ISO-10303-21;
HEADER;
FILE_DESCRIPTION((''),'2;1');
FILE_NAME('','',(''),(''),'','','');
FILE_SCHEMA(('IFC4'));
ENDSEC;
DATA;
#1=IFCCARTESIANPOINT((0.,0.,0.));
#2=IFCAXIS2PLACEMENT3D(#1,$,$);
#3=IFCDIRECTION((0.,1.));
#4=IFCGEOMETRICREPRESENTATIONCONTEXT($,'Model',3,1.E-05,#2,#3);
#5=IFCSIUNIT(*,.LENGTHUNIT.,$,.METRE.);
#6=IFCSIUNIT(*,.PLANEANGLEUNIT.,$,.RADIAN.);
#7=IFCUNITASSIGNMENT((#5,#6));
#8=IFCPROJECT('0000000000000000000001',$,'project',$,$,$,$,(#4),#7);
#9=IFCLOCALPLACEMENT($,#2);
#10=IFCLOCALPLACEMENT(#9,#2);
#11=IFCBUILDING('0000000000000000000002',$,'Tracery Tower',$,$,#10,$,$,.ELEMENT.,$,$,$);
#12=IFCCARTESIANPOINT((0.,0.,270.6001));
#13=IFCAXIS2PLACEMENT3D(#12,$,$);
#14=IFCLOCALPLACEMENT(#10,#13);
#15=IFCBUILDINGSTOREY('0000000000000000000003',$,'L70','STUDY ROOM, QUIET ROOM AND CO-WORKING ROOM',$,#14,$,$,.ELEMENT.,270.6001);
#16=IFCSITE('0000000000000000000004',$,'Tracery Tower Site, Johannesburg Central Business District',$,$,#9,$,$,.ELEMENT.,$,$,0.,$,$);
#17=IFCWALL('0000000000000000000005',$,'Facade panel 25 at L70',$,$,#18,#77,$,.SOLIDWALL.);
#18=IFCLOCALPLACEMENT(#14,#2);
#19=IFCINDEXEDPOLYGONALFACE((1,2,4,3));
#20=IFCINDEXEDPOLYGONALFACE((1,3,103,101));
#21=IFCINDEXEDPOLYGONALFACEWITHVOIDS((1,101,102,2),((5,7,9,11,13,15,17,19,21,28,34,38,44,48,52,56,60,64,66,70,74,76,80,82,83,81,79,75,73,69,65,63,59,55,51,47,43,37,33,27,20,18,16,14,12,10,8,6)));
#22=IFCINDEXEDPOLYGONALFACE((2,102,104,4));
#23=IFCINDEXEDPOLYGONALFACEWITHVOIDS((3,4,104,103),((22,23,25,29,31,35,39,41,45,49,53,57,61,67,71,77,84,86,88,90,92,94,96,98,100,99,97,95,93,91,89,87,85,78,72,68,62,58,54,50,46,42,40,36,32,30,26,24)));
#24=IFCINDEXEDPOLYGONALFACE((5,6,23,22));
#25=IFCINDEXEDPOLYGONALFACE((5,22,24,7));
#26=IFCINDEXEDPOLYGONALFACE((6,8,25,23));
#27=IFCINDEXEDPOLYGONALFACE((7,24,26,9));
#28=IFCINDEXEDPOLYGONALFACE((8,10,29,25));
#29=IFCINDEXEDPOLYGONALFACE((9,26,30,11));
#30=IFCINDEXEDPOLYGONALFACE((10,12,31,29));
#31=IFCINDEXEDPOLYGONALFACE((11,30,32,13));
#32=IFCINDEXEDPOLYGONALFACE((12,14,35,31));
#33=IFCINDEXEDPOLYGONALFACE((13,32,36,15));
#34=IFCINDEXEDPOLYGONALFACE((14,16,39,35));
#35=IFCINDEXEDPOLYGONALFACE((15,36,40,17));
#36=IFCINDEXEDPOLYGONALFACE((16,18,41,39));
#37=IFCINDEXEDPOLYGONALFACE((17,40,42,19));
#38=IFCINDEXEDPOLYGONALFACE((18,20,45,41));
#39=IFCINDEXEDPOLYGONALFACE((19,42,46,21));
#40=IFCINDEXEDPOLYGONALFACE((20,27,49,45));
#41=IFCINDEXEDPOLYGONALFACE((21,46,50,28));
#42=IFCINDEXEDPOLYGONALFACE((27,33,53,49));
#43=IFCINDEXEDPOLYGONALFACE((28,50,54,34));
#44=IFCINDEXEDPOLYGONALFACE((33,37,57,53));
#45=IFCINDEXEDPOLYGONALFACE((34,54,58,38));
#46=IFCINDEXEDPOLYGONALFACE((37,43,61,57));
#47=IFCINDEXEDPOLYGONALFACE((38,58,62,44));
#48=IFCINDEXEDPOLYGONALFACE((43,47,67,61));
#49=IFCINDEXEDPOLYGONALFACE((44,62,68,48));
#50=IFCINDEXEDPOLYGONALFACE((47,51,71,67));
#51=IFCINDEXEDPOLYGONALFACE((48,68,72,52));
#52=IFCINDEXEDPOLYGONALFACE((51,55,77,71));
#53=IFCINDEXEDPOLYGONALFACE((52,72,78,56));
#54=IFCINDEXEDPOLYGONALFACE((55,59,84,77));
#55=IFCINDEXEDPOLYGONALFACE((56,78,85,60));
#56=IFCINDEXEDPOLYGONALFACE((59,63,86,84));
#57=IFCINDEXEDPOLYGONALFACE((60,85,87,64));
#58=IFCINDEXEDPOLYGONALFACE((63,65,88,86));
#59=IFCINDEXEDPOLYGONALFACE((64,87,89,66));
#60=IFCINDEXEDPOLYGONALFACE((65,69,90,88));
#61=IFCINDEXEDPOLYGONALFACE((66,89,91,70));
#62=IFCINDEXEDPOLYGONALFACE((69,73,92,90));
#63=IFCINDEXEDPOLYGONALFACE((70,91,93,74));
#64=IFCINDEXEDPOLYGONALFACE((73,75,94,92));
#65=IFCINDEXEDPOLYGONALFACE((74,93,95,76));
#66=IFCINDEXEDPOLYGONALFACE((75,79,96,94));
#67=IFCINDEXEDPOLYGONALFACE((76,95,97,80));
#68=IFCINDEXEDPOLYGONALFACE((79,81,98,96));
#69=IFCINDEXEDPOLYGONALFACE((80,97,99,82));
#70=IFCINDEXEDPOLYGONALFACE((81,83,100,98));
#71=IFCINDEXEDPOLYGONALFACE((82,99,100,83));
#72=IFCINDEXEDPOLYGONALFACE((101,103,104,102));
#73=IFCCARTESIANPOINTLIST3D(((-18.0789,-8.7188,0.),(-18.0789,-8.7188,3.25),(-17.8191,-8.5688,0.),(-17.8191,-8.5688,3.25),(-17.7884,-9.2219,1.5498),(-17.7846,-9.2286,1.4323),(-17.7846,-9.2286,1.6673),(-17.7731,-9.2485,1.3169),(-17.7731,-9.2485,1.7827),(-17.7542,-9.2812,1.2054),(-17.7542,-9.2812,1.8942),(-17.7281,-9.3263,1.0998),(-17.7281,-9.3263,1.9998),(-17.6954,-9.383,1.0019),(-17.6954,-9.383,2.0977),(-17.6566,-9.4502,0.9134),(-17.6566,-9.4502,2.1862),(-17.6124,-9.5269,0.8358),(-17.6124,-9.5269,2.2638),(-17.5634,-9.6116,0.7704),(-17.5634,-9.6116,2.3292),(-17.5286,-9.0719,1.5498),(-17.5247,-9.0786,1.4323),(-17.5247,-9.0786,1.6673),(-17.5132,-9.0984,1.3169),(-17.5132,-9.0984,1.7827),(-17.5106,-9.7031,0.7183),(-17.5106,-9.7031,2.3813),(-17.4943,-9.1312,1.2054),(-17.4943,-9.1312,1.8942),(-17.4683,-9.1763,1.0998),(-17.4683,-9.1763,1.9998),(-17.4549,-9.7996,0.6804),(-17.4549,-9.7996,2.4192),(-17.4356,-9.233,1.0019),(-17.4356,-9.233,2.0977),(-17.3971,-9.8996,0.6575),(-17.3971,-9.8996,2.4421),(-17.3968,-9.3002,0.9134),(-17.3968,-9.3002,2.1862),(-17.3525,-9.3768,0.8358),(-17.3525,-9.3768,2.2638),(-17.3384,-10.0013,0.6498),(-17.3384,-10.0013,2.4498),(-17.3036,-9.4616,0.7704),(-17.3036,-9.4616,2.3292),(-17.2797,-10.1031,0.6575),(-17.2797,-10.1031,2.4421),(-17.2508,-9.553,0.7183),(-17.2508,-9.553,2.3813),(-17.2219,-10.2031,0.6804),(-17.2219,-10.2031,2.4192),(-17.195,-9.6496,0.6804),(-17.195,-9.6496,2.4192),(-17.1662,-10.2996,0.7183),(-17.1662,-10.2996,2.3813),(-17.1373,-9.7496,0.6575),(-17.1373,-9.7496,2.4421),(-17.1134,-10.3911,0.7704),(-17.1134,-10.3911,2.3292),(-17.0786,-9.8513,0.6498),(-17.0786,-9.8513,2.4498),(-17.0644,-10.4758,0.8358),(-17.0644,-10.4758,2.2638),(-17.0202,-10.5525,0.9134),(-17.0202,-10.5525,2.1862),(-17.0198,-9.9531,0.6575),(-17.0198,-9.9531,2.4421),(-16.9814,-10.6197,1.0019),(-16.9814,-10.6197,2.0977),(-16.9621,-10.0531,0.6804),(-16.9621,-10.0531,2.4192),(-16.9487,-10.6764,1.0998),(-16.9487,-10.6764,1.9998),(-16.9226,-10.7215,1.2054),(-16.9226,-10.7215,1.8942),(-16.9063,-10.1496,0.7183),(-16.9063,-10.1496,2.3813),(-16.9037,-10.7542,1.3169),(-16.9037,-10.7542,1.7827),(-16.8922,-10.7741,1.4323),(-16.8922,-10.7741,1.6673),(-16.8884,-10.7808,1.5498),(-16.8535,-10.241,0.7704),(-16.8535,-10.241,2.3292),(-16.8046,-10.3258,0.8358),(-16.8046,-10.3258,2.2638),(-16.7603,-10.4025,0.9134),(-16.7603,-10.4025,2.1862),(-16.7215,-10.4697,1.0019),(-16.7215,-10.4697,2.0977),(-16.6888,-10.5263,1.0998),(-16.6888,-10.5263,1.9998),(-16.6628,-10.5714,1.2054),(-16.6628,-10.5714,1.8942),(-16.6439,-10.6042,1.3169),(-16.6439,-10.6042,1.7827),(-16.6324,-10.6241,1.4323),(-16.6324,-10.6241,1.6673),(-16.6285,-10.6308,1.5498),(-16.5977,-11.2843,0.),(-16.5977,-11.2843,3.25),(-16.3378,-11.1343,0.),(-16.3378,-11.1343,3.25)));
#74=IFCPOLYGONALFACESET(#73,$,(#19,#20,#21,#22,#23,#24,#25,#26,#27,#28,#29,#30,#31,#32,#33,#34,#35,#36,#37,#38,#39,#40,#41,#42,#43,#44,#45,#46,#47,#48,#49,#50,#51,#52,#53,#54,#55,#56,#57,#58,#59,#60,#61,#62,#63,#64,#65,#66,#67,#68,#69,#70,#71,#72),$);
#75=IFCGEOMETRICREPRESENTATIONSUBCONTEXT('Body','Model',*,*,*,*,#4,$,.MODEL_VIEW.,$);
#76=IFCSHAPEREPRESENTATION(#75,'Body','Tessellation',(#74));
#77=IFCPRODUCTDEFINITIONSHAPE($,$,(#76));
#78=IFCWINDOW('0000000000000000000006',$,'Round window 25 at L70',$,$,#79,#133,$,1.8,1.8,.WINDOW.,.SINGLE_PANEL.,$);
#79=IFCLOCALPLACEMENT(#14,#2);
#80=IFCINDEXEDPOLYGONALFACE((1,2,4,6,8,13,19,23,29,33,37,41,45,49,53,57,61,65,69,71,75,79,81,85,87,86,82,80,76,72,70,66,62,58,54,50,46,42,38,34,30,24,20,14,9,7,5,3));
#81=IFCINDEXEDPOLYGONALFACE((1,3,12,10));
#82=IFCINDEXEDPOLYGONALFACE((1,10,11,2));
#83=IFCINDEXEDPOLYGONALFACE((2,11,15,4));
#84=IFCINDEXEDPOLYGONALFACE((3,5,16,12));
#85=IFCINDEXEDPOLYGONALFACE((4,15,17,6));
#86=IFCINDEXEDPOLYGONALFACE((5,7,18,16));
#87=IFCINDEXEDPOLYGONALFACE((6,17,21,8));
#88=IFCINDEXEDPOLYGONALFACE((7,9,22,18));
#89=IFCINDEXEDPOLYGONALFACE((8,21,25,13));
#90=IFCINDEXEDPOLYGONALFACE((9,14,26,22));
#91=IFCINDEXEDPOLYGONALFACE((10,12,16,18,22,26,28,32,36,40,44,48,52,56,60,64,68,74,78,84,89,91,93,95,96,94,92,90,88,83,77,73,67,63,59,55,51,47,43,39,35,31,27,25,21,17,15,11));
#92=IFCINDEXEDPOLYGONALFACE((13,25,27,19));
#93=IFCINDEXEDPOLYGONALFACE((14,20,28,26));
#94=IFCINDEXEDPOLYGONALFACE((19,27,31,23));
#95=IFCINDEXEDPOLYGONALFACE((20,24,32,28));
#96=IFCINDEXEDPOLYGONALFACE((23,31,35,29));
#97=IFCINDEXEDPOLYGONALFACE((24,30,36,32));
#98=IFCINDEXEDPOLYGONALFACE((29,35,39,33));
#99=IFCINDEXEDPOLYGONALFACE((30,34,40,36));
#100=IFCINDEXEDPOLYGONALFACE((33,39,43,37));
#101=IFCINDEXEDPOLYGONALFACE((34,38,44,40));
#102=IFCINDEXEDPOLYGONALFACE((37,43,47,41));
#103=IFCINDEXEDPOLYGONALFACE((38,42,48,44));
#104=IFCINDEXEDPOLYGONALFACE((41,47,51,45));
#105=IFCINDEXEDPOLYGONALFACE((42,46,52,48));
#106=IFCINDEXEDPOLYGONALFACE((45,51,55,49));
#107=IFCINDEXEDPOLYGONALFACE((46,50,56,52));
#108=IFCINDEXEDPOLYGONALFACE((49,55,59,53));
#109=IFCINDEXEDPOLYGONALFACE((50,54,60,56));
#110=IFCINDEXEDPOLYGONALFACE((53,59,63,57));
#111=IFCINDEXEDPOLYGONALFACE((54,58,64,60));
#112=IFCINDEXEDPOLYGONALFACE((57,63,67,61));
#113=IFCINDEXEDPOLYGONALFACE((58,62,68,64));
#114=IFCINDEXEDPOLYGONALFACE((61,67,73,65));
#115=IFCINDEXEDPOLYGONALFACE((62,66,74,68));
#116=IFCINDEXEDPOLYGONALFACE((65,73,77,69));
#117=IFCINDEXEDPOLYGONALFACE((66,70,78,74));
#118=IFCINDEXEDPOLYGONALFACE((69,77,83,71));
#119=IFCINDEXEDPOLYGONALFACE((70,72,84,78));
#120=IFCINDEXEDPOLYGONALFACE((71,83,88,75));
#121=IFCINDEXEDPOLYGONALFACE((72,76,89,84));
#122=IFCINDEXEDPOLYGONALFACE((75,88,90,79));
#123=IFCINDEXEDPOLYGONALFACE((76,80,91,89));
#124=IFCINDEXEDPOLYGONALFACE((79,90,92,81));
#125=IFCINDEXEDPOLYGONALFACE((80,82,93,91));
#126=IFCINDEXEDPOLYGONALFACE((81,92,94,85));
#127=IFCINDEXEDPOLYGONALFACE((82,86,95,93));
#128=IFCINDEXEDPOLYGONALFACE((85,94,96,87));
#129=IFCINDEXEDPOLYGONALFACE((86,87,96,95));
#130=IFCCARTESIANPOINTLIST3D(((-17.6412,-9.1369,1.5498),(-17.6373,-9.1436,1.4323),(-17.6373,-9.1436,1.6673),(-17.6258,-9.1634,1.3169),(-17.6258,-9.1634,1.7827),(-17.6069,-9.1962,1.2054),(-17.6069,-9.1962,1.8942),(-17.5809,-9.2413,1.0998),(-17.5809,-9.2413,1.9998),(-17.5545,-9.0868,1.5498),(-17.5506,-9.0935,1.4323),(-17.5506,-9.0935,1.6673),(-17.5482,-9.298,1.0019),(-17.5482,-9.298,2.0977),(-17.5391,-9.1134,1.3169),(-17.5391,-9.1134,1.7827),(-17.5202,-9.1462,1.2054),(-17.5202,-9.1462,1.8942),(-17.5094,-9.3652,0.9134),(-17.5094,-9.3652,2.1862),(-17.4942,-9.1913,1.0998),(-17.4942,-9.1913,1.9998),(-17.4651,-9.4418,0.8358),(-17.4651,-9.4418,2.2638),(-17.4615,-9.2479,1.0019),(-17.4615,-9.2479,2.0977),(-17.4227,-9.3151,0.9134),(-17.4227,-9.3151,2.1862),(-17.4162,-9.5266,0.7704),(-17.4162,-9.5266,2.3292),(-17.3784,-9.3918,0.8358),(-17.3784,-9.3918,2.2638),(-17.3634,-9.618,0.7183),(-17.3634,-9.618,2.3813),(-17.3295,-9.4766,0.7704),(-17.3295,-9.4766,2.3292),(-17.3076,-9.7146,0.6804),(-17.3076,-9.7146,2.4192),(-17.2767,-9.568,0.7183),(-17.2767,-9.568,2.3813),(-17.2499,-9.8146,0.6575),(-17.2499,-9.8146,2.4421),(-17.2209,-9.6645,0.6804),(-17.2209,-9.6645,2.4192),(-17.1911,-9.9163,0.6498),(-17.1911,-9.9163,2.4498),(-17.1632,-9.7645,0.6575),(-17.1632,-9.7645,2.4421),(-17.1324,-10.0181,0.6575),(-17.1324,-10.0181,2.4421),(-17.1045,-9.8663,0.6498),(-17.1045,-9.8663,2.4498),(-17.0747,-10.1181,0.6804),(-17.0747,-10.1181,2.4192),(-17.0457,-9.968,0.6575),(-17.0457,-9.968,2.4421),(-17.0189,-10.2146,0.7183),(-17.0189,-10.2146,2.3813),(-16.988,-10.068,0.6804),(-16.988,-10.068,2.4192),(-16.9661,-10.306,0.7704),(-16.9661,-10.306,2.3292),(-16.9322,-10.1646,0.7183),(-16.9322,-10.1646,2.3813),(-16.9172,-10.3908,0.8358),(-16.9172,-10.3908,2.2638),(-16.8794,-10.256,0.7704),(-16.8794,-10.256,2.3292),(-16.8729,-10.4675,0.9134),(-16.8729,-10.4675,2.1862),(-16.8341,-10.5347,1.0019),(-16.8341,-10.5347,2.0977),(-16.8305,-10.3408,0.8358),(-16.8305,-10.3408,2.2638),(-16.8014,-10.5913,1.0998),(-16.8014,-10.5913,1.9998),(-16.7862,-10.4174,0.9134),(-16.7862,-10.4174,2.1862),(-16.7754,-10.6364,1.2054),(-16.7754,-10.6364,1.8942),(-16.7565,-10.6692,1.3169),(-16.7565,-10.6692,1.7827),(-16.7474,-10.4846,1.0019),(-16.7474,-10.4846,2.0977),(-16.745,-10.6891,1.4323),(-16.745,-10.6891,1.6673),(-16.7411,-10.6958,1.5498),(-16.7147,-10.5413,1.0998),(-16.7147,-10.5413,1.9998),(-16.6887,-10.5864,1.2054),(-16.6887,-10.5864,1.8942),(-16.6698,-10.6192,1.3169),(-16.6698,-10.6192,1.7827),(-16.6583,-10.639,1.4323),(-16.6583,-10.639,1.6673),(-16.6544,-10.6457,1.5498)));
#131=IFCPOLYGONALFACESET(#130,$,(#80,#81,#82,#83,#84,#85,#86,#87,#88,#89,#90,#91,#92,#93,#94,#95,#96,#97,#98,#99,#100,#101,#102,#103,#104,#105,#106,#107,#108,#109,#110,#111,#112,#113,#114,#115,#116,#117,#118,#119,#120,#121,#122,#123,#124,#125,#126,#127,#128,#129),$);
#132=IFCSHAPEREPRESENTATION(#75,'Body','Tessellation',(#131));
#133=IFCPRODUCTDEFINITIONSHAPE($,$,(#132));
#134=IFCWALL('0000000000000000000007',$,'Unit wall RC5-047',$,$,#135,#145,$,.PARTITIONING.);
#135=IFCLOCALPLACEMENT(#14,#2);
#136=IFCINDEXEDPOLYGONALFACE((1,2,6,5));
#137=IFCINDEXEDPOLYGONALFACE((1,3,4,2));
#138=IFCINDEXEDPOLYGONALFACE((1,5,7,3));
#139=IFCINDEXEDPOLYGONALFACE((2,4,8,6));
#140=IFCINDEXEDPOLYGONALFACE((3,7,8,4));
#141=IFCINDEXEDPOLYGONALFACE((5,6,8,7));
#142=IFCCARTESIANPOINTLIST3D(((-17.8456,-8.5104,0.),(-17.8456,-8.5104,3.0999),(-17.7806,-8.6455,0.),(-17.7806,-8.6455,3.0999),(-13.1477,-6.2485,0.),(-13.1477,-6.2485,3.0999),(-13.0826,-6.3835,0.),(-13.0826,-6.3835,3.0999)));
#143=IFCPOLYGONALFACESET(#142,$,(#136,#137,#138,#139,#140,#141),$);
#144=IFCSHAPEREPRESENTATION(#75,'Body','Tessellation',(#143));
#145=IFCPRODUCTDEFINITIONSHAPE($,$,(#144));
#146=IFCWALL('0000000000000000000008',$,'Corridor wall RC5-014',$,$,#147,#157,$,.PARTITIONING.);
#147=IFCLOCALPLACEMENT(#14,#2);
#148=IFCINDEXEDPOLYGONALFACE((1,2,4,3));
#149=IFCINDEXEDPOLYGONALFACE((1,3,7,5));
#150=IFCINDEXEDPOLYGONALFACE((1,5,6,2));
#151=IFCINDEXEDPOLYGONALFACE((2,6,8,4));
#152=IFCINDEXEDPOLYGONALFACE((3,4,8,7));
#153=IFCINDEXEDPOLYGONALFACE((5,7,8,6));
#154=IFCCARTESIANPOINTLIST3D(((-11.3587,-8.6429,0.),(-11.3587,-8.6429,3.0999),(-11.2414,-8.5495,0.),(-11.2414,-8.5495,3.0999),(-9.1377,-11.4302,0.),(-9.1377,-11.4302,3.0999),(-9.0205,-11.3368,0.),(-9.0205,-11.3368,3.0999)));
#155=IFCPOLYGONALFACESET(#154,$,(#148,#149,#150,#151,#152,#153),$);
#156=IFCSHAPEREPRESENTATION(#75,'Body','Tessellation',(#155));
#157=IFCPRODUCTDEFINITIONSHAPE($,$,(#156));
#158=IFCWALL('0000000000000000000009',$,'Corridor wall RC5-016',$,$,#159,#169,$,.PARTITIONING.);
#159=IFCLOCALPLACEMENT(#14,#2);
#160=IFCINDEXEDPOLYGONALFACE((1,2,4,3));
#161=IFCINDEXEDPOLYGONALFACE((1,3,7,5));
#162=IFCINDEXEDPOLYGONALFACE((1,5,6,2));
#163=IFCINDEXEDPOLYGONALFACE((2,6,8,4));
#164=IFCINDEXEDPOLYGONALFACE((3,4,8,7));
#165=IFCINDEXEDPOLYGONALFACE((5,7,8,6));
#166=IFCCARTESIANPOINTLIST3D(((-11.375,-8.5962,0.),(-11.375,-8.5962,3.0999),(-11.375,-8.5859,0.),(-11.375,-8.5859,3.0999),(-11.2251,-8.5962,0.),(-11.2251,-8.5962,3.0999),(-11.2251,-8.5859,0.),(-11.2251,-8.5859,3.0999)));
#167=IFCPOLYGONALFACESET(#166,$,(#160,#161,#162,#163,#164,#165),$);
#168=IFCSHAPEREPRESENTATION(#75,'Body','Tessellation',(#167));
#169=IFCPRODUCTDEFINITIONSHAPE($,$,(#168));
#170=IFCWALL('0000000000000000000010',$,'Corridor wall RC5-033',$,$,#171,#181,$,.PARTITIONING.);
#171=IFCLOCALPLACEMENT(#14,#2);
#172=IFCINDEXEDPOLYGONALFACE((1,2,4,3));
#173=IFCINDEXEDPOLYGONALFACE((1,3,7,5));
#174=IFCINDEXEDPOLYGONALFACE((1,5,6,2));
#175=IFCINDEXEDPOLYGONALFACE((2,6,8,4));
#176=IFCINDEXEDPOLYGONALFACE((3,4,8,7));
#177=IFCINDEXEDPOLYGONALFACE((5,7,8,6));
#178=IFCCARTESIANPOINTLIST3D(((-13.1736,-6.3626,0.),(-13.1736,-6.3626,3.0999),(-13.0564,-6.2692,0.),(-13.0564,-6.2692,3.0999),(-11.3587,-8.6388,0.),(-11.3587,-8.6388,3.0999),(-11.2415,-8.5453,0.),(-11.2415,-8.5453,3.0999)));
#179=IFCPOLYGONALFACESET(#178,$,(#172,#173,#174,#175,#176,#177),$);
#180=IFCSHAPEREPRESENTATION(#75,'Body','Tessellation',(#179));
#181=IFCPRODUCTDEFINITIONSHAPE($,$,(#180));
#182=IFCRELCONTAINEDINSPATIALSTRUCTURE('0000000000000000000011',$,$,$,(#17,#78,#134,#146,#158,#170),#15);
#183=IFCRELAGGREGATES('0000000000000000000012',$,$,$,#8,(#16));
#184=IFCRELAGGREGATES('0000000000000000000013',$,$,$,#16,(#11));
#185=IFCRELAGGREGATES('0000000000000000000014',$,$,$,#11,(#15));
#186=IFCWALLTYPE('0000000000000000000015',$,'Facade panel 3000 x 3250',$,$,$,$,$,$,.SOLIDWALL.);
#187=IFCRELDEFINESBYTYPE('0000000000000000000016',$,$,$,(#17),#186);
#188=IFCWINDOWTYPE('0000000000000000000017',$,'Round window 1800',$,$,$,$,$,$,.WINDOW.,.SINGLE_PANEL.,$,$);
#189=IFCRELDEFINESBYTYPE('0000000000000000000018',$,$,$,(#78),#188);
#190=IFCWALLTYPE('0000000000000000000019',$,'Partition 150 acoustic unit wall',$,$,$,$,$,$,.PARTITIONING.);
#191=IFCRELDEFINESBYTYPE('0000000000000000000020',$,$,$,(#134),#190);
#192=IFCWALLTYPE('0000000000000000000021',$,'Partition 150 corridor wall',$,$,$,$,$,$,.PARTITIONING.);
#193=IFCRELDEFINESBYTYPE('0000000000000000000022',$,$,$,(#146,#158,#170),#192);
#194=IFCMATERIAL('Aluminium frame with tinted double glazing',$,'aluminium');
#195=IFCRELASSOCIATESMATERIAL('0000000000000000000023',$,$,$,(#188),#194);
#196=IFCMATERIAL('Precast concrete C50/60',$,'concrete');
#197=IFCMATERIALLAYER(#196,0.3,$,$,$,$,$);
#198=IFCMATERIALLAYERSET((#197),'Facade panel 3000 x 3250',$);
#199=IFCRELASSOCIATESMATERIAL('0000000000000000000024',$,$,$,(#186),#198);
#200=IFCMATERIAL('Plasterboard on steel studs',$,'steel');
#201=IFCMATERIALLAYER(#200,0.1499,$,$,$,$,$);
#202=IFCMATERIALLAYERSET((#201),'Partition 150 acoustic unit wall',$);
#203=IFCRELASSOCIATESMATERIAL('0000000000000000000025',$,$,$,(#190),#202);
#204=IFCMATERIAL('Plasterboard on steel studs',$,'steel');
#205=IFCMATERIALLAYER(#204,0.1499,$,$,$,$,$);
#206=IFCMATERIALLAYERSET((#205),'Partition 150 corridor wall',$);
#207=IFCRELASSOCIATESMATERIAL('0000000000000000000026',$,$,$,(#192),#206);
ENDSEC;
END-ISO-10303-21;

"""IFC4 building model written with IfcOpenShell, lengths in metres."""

from ifc_helpers import new_model, si_unit, direction, frame, frame_2d, origin, origin_2d, place, context, subcontext, project, spatial, rectangle, circle, extrude, material, layer, layer_set, type_object, element, fill, save


model = new_model("IFC4")

# Units and contexts
model_context = context("Model", 3, precision=1e-05, world=origin(), true_north=direction((0.0, 1.0)))
body_context = subcontext(model_context, "Body", "Model", "MODEL_VIEW")
ifc_project = project(units=[si_unit("LENGTHUNIT", "METRE"), si_unit("PLANEANGLEUNIT", "RADIAN")], contexts=[model_context])

# Site, building, storey
site_placement = place(None, origin())
site = spatial("IfcSite", under=ifc_project, at=site_placement, Name="Tracery Tower Site, Johannesburg Central Business District", CompositionType="ELEMENT", RefElevation=0.0)
building_placement = place(site_placement, origin())
building = spatial("IfcBuilding", under=site, at=building_placement, Name="Tracery Tower", CompositionType="ELEMENT")
storey_placement = place(building_placement, frame((0.0, 0.0, 270.6001)))
storey = spatial("IfcBuildingStorey", under=building, at=storey_placement, Name="L70", Description="STUDY ROOM, QUIET ROOM AND CO-WORKING ROOM", CompositionType="ELEMENT", Elevation=270.6001)

# Wall, opening, window
ifc_material_1 = material(Name="Aluminium frame with tinted double glazing", Category="aluminium")
window_type = type_object("IfcWindowType", Name="Round window 1800", PartitioningType="SINGLE_PANEL", PredefinedType="WINDOW", material=ifc_material_1)
ifc_material_2 = material(Name="Precast concrete C50/60", Category="concrete")
ifc_layer_1 = layer(ifc_material_2, 0.3)
ifc_layer_set_1 = layer_set([ifc_layer_1], Name="Facade panel 3000 x 3250")
wall_type_1 = type_object("IfcWallType", Name="Facade panel 3000 x 3250", PredefinedType="SOLIDWALL", material=ifc_layer_set_1)
wall_1_placement = place(storey_placement, frame((-17.949, -8.6438, 0.0), z_axis=(0.0, 0.0, 1.0), x_axis=(0.500013, -0.866018, 0.0)))
wall_1 = element("IfcWall", 1, at=wall_1_placement, inside=storey, type_object=wall_type_1, Name="Facade panel 25 at L70", PredefinedType="SOLIDWALL", context=body_context, shape_type="SweptSolid", body=[
    extrude(rectangle(XDim=2.9624, YDim=0.3, at=frame_2d((1.4812, 0.0))), origin(), (0.0, 0.0, 1.0), 3.25),
])
opening_1_placement = place(wall_1_placement, frame((1.481, 0.0, 1.5498)))
opening_1 = element("IfcOpeningElement", 2, at=opening_1_placement, cuts=wall_1, PredefinedType="OPENING", context=body_context, shape_type="SweptSolid", body=[
    extrude(circle(Radius=0.9, at=origin_2d()), frame((0.0, 0.1599, 0.0), z_axis=(0.0, -1.0, 0.0), x_axis=(1.0, 0.0, 0.0)), (0.0, 0.0, 1.0), 0.3201),
])
window_1_placement = place(opening_1_placement, origin())
window_1 = element("IfcWindow", 3, at=window_1_placement, inside=storey, type_object=window_type, Name="Round window 25 at L70", OverallHeight=1.8, OverallWidth=1.8, PartitioningType="SINGLE_PANEL", PredefinedType="WINDOW", context=body_context, shape_type="SweptSolid", body=[
    extrude(circle(Radius=0.9, at=origin_2d()), frame((0.0, 0.1201, 0.0), z_axis=(0.0, -1.0, 0.0), x_axis=(1.0, 0.0, 0.0)), (0.0, 0.0, 1.0), 0.1001),
])
fill(opening_1, window_1)

# Walls
ifc_material_3 = material(Name="Plasterboard on steel studs", Category="steel")
ifc_layer_2 = layer(ifc_material_3, 0.1499)
ifc_layer_set_2 = layer_set([ifc_layer_2], Name="Partition 150 acoustic unit wall")
wall_type_2 = type_object("IfcWallType", Name="Partition 150 acoustic unit wall", PredefinedType="PARTITIONING", material=ifc_layer_set_2)
wall_2_placement = place(storey_placement, frame((-17.813, -8.5779, 0.0), z_axis=(0.0, 0.0, 1.0), x_axis=(0.901004, 0.43381, 0.0)))
element("IfcWall", 4, at=wall_2_placement, inside=storey, type_object=wall_type_2, Name="Unit wall RC5-047", PredefinedType="PARTITIONING", context=body_context, shape_type="SweptSolid", body=[
    extrude(rectangle(XDim=5.2141, YDim=0.1499, at=frame_2d((2.6069, 0.0))), origin(), (0.0, 0.0, 1.0), 3.0999),
])
ifc_material_4 = material(Name="Plasterboard on steel studs", Category="steel")
ifc_layer_3 = layer(ifc_material_4, 0.1499)
ifc_layer_set_3 = layer_set([ifc_layer_3], Name="Partition 150 corridor wall")
wall_type_3 = type_object("IfcWallType", Name="Partition 150 corridor wall", PredefinedType="PARTITIONING", material=ifc_layer_set_3)
wall_3_placement = place(storey_placement, frame((-11.3, -8.5962, 0.0), z_axis=(0.0, 0.0, 1.0), x_axis=(0.623165, -0.78209, 0.0)))
element("IfcWall", 5, at=wall_3_placement, inside=storey, type_object=wall_type_3, Name="Corridor wall RC5-014", PredefinedType="PARTITIONING", context=body_context, shape_type="SweptSolid", body=[
    extrude(rectangle(XDim=3.564, YDim=0.1499, at=frame_2d((1.782, 0.0))), origin(), (0.0, 0.0, 1.0), 3.0999),
])
wall_4_placement = place(storey_placement, frame((-11.3, -8.5962, 0.0), z_axis=(0.0, 0.0, 1.0), x_axis=(0.0, 1.0, 0.0)))
element("IfcWall", 6, at=wall_4_placement, inside=storey, type_object=wall_type_3, Name="Corridor wall RC5-016", PredefinedType="PARTITIONING", context=body_context, shape_type="SweptSolid", body=[
    extrude(rectangle(XDim=0.0103, YDim=0.1499, at=frame_2d((0.0051, 0.0))), origin(), (0.0, 0.0, 1.0), 3.0999),
])
wall_5_placement = place(storey_placement, frame((-13.115, -6.3159, 0.0), z_axis=(0.0, 0.0, 1.0), x_axis=(0.623447, -0.781866, 0.0)))
element("IfcWall", 7, at=wall_5_placement, inside=storey, type_object=wall_type_3, Name="Corridor wall RC5-033", PredefinedType="PARTITIONING", context=body_context, shape_type="SweptSolid", body=[
    extrude(rectangle(XDim=2.9111, YDim=0.1499, at=frame_2d((1.4556, 0.0))), origin(), (0.0, 0.0, 1.0), 3.0999),
])

save(model, "model.ifc")
